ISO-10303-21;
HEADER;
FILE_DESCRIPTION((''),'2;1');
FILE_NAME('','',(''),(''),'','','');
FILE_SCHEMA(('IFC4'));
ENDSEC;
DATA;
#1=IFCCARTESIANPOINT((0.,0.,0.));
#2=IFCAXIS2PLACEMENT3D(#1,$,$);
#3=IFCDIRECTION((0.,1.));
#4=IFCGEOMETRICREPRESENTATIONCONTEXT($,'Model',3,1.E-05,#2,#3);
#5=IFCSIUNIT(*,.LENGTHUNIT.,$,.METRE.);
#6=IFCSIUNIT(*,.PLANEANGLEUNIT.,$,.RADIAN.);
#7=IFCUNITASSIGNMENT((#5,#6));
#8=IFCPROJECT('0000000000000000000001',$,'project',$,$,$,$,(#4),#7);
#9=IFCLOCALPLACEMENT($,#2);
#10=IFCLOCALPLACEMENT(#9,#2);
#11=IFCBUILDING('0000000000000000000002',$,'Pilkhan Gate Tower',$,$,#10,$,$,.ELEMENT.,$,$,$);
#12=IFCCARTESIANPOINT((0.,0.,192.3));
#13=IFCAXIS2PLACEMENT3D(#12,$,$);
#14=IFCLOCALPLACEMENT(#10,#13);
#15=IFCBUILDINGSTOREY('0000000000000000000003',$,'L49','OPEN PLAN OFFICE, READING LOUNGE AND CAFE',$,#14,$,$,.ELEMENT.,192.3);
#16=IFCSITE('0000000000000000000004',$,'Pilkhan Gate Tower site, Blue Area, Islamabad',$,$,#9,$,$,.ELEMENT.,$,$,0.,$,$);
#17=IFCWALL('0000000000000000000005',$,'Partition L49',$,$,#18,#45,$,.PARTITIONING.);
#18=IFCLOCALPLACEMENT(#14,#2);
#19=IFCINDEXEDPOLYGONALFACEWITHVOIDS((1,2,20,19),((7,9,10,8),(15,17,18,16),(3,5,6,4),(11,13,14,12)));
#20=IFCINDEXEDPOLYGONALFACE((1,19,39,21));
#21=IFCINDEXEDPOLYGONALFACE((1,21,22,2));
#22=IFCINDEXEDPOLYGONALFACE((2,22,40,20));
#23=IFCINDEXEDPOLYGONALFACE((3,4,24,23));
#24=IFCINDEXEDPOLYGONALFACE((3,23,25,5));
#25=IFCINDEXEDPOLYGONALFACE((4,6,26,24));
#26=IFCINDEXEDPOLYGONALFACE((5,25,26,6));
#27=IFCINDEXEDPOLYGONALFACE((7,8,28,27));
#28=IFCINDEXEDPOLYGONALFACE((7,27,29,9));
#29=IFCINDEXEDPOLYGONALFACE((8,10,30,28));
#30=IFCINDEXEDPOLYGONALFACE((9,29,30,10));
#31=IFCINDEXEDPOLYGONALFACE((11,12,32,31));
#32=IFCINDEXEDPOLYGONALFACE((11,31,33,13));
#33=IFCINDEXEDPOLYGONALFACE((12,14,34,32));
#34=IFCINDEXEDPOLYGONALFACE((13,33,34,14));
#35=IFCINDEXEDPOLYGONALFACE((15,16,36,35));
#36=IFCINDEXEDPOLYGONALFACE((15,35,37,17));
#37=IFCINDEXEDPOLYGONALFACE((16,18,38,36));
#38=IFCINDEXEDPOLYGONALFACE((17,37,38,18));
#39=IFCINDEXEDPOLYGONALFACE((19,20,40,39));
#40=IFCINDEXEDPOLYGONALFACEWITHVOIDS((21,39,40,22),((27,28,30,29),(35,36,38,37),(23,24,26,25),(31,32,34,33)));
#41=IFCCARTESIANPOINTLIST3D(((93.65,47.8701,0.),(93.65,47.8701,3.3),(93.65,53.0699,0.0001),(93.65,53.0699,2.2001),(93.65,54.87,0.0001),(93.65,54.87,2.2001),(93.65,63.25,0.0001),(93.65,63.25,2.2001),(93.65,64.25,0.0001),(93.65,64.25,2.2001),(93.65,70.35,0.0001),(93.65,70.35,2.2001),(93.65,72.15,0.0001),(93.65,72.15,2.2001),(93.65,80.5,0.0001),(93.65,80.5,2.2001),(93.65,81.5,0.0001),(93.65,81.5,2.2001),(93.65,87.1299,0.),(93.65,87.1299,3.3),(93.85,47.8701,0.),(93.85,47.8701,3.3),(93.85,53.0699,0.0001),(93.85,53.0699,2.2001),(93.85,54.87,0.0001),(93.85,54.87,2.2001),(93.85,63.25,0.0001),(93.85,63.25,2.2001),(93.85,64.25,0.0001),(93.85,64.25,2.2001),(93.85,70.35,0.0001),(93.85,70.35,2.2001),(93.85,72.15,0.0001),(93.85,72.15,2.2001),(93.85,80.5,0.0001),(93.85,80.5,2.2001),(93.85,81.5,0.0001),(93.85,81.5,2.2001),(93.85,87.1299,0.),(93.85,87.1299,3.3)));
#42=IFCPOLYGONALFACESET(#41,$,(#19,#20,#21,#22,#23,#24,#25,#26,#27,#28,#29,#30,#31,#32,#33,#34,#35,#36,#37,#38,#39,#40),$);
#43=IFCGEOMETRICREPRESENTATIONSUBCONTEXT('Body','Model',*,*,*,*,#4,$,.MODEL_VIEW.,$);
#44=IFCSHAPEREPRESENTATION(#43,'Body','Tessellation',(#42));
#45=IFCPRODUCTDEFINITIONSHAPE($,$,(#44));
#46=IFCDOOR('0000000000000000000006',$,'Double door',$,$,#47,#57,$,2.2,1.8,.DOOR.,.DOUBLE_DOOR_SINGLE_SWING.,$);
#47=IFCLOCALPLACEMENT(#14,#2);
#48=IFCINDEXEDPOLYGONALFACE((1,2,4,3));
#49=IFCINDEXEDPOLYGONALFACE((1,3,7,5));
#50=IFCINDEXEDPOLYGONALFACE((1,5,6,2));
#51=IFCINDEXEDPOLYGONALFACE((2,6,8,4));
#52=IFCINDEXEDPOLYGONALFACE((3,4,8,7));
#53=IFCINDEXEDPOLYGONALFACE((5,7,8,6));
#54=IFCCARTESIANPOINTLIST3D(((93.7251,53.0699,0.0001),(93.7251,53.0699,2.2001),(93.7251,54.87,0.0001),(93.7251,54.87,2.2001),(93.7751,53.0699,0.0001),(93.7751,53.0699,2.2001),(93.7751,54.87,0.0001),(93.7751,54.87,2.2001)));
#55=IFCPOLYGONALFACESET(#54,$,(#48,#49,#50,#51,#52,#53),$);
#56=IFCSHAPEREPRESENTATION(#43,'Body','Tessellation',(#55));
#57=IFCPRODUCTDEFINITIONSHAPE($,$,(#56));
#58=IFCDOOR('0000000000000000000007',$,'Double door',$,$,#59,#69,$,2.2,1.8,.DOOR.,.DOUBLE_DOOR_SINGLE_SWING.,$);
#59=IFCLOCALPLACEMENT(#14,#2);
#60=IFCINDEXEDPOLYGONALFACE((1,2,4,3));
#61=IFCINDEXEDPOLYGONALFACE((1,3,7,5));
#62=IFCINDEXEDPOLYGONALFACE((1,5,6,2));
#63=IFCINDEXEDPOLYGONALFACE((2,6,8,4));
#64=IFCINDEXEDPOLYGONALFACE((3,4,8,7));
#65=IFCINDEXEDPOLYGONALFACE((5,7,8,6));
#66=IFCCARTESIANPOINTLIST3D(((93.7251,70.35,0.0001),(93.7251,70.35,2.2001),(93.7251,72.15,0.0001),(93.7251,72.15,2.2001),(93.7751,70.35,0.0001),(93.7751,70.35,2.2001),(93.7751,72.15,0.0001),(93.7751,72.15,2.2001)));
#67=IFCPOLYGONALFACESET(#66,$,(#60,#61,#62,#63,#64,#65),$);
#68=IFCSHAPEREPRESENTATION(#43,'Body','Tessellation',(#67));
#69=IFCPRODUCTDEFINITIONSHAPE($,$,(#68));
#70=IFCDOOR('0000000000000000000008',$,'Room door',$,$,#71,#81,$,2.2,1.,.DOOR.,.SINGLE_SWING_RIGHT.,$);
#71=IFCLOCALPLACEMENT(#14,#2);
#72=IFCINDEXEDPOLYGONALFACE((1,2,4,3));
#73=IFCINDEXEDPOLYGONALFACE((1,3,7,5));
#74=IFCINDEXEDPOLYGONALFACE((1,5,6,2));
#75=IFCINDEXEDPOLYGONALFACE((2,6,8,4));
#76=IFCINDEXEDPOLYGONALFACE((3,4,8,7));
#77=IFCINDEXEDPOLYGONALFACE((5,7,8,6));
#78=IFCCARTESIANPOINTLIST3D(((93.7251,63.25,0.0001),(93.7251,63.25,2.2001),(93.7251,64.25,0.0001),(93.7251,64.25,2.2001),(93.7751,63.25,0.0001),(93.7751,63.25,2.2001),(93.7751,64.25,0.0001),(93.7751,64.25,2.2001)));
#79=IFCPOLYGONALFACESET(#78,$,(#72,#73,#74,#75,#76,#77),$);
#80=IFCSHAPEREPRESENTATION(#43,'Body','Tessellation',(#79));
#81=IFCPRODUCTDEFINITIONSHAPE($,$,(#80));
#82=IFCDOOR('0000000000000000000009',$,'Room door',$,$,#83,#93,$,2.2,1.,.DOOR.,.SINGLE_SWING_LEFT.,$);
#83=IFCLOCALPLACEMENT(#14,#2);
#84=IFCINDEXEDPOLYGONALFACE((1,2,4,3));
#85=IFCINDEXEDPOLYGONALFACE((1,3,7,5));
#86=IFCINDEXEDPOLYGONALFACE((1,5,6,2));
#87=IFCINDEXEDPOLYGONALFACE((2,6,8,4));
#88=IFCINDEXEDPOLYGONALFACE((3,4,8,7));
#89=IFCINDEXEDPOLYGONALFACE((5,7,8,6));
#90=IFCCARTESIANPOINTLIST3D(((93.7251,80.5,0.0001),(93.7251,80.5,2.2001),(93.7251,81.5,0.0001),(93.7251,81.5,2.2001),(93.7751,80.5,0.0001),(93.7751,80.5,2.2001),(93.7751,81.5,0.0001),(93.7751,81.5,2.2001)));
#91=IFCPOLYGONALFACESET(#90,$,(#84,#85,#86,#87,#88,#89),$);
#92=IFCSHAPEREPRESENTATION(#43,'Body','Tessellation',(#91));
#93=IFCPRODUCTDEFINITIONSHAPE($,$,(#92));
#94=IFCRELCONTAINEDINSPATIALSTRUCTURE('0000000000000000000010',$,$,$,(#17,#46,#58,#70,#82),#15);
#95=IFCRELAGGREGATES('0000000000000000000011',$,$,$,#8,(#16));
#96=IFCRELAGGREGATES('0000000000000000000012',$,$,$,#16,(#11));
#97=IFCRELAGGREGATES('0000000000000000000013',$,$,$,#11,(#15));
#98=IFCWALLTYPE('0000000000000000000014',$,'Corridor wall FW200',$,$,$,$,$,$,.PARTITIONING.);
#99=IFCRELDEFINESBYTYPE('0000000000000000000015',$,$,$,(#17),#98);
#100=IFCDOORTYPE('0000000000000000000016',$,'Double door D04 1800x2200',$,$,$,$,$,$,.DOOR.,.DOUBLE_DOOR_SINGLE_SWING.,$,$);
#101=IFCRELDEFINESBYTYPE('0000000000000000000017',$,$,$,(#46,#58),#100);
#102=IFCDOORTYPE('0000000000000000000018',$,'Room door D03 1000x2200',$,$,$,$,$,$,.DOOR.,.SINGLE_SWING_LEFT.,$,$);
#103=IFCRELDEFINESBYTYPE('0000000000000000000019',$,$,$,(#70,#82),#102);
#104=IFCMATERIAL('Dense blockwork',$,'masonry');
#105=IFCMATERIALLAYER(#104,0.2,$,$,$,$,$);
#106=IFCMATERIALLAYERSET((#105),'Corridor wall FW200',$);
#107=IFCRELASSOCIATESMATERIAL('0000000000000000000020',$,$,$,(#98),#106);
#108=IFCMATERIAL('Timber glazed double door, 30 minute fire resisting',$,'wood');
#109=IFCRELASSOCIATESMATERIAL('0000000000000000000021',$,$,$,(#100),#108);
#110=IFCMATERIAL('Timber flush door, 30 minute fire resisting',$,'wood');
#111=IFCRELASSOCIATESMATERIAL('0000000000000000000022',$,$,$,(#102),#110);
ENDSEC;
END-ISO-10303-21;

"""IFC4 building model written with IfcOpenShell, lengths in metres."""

from ifc_helpers import new_model, si_unit, direction, frame, frame_2d, origin, place, context, subcontext, project, spatial, rectangle, extrude, material, layer, layer_set, type_object, element, fill, save


model = new_model("IFC4")

# Units and contexts
model_context = context("Model", 3, precision=1e-05, world=origin(), true_north=direction((0.0, 1.0)))
body_context = subcontext(model_context, "Body", "Model", "MODEL_VIEW")
ifc_project = project(units=[si_unit("LENGTHUNIT", "METRE"), si_unit("PLANEANGLEUNIT", "RADIAN")], contexts=[model_context])

# Site, building, storey
site_placement = place(None, origin())
site = spatial("IfcSite", under=ifc_project, at=site_placement, Name="Pilkhan Gate Tower site, Blue Area, Islamabad", CompositionType="ELEMENT", RefElevation=0.0)
building_placement = place(site_placement, origin())
building = spatial("IfcBuilding", under=site, at=building_placement, Name="Pilkhan Gate Tower", CompositionType="ELEMENT")
storey_placement = place(building_placement, frame((0.0, 0.0, 192.3)))
storey = spatial("IfcBuildingStorey", under=building, at=storey_placement, Name="L49", Description="OPEN PLAN OFFICE, READING LOUNGE AND CAFE", CompositionType="ELEMENT", Elevation=192.3)

# Shared definitions
ifc_material_1 = material(Name="Dense blockwork", Category="masonry")
ifc_layer_1 = layer(ifc_material_1, 0.2)
ifc_layer_set_1 = layer_set([ifc_layer_1], Name="Corridor wall FW200")
wall_type = type_object("IfcWallType", Name="Corridor wall FW200", PredefinedType="PARTITIONING", material=ifc_layer_set_1)

# Wall, openings, doors
wall_1_placement = place(storey_placement, frame((93.75, 47.8701, 0.0), z_axis=(0.0, 0.0, 1.0), x_axis=(0.0, 1.0, 0.0)))
wall_1 = element("IfcWall", 1, at=wall_1_placement, inside=storey, type_object=wall_type, Name="Partition L49", PredefinedType="PARTITIONING", context=body_context, shape_type="SweptSolid", body=[
    extrude(rectangle(XDim=39.2598, YDim=0.2, at=frame_2d((19.6299, 0.0))), origin(), (0.0, 0.0, 1.0), 3.3),
])
opening_1_placement = place(wall_1_placement, frame((5.2, 0.0, 0.0)))
opening_1 = element("IfcOpeningElement", 2, at=opening_1_placement, cuts=wall_1, PredefinedType="OPENING", context=body_context, shape_type="SweptSolid", body=[
    extrude(rectangle(XDim=1.8, YDim=2.2, at=frame_2d((0.8999, 1.1001))), frame((0.0, 0.1099, 0.0), z_axis=(0.0, -1.0, 0.0), x_axis=(1.0, 0.0, 0.0)), (0.0, 0.0, 1.0), 0.22),
])
opening_2_placement = place(wall_1_placement, frame((15.3799, 0.0, 0.0)))
opening_2 = element("IfcOpeningElement", 3, at=opening_2_placement, cuts=wall_1, PredefinedType="OPENING", context=body_context, shape_type="SweptSolid", body=[
    extrude(rectangle(XDim=1.0, YDim=2.2, at=frame_2d((0.5, 1.1001))), frame((0.0, 0.1099, 0.0), z_axis=(0.0, -1.0, 0.0), x_axis=(1.0, 0.0, 0.0)), (0.0, 0.0, 1.0), 0.22),
])
opening_3_placement = place(wall_1_placement, frame((22.48, 0.0, 0.0)))
opening_3 = element("IfcOpeningElement", 4, at=opening_3_placement, cuts=wall_1, PredefinedType="OPENING", context=body_context, shape_type="SweptSolid", body=[
    extrude(rectangle(XDim=1.8, YDim=2.2, at=frame_2d((0.8999, 1.1001))), frame((0.0, 0.1099, 0.0), z_axis=(0.0, -1.0, 0.0), x_axis=(1.0, 0.0, 0.0)), (0.0, 0.0, 1.0), 0.22),
])
opening_4_placement = place(wall_1_placement, frame((32.6299, 0.0, 0.0)))
opening_4 = element("IfcOpeningElement", 5, at=opening_4_placement, cuts=wall_1, PredefinedType="OPENING", context=body_context, shape_type="SweptSolid", body=[
    extrude(rectangle(XDim=1.0, YDim=2.2, at=frame_2d((0.5, 1.1001))), frame((0.0, 0.1099, 0.0), z_axis=(0.0, -1.0, 0.0), x_axis=(1.0, 0.0, 0.0)), (0.0, 0.0, 1.0), 0.22),
])
ifc_material_2 = material(Name="Timber glazed double door, 30 minute fire resisting", Category="wood")
door_type_1 = type_object("IfcDoorType", Name="Double door D04 1800x2200", OperationType="DOUBLE_DOOR_SINGLE_SWING", PredefinedType="DOOR", material=ifc_material_2)
door_1_placement = place(opening_1_placement, origin())
door_1 = element("IfcDoor", 6, at=door_1_placement, inside=storey, type_object=door_type_1, Name="Double door", OperationType="DOUBLE_DOOR_SINGLE_SWING", OverallHeight=2.2, OverallWidth=1.8, PredefinedType="DOOR", context=body_context, shape_type="SweptSolid", body=[
    extrude(rectangle(XDim=1.8, YDim=2.2, at=frame_2d((0.8999, 1.1001))), frame((0.0, 0.0249, 0.0), z_axis=(0.0, -1.0, 0.0), x_axis=(1.0, 0.0, 0.0)), (0.0, 0.0, 1.0), 0.05),
])
fill(opening_1, door_1)
door_2_placement = place(opening_3_placement, origin())
door_2 = element("IfcDoor", 7, at=door_2_placement, inside=storey, type_object=door_type_1, Name="Double door", OperationType="DOUBLE_DOOR_SINGLE_SWING", OverallHeight=2.2, OverallWidth=1.8, PredefinedType="DOOR", context=body_context, shape_type="SweptSolid", body=[
    extrude(rectangle(XDim=1.8, YDim=2.2, at=frame_2d((0.8999, 1.1001))), frame((0.0, 0.0249, 0.0), z_axis=(0.0, -1.0, 0.0), x_axis=(1.0, 0.0, 0.0)), (0.0, 0.0, 1.0), 0.05),
])
fill(opening_3, door_2)
ifc_material_3 = material(Name="Timber flush door, 30 minute fire resisting", Category="wood")
door_type_2 = type_object("IfcDoorType", Name="Room door D03 1000x2200", OperationType="SINGLE_SWING_LEFT", PredefinedType="DOOR", material=ifc_material_3)
door_3_placement = place(opening_2_placement, origin())
door_3 = element("IfcDoor", 8, at=door_3_placement, inside=storey, type_object=door_type_2, Name="Room door", OperationType="SINGLE_SWING_RIGHT", OverallHeight=2.2, OverallWidth=1.0, PredefinedType="DOOR", context=body_context, shape_type="SweptSolid", body=[
    extrude(rectangle(XDim=1.0, YDim=2.2, at=frame_2d((0.5, 1.1001))), frame((0.0, 0.0249, 0.0), z_axis=(0.0, -1.0, 0.0), x_axis=(1.0, 0.0, 0.0)), (0.0, 0.0, 1.0), 0.05),
])
fill(opening_2, door_3)
door_4_placement = place(opening_4_placement, origin())
door_4 = element("IfcDoor", 9, at=door_4_placement, inside=storey, type_object=door_type_2, Name="Room door", OperationType="SINGLE_SWING_LEFT", OverallHeight=2.2, OverallWidth=1.0, PredefinedType="DOOR", context=body_context, shape_type="SweptSolid", body=[
    extrude(rectangle(XDim=1.0, YDim=2.2, at=frame_2d((0.5, 1.1001))), frame((0.0, 0.0249, 0.0), z_axis=(0.0, -1.0, 0.0), x_axis=(1.0, 0.0, 0.0)), (0.0, 0.0, 1.0), 0.05),
])
fill(opening_4, door_4)

save(model, "model.ifc")
